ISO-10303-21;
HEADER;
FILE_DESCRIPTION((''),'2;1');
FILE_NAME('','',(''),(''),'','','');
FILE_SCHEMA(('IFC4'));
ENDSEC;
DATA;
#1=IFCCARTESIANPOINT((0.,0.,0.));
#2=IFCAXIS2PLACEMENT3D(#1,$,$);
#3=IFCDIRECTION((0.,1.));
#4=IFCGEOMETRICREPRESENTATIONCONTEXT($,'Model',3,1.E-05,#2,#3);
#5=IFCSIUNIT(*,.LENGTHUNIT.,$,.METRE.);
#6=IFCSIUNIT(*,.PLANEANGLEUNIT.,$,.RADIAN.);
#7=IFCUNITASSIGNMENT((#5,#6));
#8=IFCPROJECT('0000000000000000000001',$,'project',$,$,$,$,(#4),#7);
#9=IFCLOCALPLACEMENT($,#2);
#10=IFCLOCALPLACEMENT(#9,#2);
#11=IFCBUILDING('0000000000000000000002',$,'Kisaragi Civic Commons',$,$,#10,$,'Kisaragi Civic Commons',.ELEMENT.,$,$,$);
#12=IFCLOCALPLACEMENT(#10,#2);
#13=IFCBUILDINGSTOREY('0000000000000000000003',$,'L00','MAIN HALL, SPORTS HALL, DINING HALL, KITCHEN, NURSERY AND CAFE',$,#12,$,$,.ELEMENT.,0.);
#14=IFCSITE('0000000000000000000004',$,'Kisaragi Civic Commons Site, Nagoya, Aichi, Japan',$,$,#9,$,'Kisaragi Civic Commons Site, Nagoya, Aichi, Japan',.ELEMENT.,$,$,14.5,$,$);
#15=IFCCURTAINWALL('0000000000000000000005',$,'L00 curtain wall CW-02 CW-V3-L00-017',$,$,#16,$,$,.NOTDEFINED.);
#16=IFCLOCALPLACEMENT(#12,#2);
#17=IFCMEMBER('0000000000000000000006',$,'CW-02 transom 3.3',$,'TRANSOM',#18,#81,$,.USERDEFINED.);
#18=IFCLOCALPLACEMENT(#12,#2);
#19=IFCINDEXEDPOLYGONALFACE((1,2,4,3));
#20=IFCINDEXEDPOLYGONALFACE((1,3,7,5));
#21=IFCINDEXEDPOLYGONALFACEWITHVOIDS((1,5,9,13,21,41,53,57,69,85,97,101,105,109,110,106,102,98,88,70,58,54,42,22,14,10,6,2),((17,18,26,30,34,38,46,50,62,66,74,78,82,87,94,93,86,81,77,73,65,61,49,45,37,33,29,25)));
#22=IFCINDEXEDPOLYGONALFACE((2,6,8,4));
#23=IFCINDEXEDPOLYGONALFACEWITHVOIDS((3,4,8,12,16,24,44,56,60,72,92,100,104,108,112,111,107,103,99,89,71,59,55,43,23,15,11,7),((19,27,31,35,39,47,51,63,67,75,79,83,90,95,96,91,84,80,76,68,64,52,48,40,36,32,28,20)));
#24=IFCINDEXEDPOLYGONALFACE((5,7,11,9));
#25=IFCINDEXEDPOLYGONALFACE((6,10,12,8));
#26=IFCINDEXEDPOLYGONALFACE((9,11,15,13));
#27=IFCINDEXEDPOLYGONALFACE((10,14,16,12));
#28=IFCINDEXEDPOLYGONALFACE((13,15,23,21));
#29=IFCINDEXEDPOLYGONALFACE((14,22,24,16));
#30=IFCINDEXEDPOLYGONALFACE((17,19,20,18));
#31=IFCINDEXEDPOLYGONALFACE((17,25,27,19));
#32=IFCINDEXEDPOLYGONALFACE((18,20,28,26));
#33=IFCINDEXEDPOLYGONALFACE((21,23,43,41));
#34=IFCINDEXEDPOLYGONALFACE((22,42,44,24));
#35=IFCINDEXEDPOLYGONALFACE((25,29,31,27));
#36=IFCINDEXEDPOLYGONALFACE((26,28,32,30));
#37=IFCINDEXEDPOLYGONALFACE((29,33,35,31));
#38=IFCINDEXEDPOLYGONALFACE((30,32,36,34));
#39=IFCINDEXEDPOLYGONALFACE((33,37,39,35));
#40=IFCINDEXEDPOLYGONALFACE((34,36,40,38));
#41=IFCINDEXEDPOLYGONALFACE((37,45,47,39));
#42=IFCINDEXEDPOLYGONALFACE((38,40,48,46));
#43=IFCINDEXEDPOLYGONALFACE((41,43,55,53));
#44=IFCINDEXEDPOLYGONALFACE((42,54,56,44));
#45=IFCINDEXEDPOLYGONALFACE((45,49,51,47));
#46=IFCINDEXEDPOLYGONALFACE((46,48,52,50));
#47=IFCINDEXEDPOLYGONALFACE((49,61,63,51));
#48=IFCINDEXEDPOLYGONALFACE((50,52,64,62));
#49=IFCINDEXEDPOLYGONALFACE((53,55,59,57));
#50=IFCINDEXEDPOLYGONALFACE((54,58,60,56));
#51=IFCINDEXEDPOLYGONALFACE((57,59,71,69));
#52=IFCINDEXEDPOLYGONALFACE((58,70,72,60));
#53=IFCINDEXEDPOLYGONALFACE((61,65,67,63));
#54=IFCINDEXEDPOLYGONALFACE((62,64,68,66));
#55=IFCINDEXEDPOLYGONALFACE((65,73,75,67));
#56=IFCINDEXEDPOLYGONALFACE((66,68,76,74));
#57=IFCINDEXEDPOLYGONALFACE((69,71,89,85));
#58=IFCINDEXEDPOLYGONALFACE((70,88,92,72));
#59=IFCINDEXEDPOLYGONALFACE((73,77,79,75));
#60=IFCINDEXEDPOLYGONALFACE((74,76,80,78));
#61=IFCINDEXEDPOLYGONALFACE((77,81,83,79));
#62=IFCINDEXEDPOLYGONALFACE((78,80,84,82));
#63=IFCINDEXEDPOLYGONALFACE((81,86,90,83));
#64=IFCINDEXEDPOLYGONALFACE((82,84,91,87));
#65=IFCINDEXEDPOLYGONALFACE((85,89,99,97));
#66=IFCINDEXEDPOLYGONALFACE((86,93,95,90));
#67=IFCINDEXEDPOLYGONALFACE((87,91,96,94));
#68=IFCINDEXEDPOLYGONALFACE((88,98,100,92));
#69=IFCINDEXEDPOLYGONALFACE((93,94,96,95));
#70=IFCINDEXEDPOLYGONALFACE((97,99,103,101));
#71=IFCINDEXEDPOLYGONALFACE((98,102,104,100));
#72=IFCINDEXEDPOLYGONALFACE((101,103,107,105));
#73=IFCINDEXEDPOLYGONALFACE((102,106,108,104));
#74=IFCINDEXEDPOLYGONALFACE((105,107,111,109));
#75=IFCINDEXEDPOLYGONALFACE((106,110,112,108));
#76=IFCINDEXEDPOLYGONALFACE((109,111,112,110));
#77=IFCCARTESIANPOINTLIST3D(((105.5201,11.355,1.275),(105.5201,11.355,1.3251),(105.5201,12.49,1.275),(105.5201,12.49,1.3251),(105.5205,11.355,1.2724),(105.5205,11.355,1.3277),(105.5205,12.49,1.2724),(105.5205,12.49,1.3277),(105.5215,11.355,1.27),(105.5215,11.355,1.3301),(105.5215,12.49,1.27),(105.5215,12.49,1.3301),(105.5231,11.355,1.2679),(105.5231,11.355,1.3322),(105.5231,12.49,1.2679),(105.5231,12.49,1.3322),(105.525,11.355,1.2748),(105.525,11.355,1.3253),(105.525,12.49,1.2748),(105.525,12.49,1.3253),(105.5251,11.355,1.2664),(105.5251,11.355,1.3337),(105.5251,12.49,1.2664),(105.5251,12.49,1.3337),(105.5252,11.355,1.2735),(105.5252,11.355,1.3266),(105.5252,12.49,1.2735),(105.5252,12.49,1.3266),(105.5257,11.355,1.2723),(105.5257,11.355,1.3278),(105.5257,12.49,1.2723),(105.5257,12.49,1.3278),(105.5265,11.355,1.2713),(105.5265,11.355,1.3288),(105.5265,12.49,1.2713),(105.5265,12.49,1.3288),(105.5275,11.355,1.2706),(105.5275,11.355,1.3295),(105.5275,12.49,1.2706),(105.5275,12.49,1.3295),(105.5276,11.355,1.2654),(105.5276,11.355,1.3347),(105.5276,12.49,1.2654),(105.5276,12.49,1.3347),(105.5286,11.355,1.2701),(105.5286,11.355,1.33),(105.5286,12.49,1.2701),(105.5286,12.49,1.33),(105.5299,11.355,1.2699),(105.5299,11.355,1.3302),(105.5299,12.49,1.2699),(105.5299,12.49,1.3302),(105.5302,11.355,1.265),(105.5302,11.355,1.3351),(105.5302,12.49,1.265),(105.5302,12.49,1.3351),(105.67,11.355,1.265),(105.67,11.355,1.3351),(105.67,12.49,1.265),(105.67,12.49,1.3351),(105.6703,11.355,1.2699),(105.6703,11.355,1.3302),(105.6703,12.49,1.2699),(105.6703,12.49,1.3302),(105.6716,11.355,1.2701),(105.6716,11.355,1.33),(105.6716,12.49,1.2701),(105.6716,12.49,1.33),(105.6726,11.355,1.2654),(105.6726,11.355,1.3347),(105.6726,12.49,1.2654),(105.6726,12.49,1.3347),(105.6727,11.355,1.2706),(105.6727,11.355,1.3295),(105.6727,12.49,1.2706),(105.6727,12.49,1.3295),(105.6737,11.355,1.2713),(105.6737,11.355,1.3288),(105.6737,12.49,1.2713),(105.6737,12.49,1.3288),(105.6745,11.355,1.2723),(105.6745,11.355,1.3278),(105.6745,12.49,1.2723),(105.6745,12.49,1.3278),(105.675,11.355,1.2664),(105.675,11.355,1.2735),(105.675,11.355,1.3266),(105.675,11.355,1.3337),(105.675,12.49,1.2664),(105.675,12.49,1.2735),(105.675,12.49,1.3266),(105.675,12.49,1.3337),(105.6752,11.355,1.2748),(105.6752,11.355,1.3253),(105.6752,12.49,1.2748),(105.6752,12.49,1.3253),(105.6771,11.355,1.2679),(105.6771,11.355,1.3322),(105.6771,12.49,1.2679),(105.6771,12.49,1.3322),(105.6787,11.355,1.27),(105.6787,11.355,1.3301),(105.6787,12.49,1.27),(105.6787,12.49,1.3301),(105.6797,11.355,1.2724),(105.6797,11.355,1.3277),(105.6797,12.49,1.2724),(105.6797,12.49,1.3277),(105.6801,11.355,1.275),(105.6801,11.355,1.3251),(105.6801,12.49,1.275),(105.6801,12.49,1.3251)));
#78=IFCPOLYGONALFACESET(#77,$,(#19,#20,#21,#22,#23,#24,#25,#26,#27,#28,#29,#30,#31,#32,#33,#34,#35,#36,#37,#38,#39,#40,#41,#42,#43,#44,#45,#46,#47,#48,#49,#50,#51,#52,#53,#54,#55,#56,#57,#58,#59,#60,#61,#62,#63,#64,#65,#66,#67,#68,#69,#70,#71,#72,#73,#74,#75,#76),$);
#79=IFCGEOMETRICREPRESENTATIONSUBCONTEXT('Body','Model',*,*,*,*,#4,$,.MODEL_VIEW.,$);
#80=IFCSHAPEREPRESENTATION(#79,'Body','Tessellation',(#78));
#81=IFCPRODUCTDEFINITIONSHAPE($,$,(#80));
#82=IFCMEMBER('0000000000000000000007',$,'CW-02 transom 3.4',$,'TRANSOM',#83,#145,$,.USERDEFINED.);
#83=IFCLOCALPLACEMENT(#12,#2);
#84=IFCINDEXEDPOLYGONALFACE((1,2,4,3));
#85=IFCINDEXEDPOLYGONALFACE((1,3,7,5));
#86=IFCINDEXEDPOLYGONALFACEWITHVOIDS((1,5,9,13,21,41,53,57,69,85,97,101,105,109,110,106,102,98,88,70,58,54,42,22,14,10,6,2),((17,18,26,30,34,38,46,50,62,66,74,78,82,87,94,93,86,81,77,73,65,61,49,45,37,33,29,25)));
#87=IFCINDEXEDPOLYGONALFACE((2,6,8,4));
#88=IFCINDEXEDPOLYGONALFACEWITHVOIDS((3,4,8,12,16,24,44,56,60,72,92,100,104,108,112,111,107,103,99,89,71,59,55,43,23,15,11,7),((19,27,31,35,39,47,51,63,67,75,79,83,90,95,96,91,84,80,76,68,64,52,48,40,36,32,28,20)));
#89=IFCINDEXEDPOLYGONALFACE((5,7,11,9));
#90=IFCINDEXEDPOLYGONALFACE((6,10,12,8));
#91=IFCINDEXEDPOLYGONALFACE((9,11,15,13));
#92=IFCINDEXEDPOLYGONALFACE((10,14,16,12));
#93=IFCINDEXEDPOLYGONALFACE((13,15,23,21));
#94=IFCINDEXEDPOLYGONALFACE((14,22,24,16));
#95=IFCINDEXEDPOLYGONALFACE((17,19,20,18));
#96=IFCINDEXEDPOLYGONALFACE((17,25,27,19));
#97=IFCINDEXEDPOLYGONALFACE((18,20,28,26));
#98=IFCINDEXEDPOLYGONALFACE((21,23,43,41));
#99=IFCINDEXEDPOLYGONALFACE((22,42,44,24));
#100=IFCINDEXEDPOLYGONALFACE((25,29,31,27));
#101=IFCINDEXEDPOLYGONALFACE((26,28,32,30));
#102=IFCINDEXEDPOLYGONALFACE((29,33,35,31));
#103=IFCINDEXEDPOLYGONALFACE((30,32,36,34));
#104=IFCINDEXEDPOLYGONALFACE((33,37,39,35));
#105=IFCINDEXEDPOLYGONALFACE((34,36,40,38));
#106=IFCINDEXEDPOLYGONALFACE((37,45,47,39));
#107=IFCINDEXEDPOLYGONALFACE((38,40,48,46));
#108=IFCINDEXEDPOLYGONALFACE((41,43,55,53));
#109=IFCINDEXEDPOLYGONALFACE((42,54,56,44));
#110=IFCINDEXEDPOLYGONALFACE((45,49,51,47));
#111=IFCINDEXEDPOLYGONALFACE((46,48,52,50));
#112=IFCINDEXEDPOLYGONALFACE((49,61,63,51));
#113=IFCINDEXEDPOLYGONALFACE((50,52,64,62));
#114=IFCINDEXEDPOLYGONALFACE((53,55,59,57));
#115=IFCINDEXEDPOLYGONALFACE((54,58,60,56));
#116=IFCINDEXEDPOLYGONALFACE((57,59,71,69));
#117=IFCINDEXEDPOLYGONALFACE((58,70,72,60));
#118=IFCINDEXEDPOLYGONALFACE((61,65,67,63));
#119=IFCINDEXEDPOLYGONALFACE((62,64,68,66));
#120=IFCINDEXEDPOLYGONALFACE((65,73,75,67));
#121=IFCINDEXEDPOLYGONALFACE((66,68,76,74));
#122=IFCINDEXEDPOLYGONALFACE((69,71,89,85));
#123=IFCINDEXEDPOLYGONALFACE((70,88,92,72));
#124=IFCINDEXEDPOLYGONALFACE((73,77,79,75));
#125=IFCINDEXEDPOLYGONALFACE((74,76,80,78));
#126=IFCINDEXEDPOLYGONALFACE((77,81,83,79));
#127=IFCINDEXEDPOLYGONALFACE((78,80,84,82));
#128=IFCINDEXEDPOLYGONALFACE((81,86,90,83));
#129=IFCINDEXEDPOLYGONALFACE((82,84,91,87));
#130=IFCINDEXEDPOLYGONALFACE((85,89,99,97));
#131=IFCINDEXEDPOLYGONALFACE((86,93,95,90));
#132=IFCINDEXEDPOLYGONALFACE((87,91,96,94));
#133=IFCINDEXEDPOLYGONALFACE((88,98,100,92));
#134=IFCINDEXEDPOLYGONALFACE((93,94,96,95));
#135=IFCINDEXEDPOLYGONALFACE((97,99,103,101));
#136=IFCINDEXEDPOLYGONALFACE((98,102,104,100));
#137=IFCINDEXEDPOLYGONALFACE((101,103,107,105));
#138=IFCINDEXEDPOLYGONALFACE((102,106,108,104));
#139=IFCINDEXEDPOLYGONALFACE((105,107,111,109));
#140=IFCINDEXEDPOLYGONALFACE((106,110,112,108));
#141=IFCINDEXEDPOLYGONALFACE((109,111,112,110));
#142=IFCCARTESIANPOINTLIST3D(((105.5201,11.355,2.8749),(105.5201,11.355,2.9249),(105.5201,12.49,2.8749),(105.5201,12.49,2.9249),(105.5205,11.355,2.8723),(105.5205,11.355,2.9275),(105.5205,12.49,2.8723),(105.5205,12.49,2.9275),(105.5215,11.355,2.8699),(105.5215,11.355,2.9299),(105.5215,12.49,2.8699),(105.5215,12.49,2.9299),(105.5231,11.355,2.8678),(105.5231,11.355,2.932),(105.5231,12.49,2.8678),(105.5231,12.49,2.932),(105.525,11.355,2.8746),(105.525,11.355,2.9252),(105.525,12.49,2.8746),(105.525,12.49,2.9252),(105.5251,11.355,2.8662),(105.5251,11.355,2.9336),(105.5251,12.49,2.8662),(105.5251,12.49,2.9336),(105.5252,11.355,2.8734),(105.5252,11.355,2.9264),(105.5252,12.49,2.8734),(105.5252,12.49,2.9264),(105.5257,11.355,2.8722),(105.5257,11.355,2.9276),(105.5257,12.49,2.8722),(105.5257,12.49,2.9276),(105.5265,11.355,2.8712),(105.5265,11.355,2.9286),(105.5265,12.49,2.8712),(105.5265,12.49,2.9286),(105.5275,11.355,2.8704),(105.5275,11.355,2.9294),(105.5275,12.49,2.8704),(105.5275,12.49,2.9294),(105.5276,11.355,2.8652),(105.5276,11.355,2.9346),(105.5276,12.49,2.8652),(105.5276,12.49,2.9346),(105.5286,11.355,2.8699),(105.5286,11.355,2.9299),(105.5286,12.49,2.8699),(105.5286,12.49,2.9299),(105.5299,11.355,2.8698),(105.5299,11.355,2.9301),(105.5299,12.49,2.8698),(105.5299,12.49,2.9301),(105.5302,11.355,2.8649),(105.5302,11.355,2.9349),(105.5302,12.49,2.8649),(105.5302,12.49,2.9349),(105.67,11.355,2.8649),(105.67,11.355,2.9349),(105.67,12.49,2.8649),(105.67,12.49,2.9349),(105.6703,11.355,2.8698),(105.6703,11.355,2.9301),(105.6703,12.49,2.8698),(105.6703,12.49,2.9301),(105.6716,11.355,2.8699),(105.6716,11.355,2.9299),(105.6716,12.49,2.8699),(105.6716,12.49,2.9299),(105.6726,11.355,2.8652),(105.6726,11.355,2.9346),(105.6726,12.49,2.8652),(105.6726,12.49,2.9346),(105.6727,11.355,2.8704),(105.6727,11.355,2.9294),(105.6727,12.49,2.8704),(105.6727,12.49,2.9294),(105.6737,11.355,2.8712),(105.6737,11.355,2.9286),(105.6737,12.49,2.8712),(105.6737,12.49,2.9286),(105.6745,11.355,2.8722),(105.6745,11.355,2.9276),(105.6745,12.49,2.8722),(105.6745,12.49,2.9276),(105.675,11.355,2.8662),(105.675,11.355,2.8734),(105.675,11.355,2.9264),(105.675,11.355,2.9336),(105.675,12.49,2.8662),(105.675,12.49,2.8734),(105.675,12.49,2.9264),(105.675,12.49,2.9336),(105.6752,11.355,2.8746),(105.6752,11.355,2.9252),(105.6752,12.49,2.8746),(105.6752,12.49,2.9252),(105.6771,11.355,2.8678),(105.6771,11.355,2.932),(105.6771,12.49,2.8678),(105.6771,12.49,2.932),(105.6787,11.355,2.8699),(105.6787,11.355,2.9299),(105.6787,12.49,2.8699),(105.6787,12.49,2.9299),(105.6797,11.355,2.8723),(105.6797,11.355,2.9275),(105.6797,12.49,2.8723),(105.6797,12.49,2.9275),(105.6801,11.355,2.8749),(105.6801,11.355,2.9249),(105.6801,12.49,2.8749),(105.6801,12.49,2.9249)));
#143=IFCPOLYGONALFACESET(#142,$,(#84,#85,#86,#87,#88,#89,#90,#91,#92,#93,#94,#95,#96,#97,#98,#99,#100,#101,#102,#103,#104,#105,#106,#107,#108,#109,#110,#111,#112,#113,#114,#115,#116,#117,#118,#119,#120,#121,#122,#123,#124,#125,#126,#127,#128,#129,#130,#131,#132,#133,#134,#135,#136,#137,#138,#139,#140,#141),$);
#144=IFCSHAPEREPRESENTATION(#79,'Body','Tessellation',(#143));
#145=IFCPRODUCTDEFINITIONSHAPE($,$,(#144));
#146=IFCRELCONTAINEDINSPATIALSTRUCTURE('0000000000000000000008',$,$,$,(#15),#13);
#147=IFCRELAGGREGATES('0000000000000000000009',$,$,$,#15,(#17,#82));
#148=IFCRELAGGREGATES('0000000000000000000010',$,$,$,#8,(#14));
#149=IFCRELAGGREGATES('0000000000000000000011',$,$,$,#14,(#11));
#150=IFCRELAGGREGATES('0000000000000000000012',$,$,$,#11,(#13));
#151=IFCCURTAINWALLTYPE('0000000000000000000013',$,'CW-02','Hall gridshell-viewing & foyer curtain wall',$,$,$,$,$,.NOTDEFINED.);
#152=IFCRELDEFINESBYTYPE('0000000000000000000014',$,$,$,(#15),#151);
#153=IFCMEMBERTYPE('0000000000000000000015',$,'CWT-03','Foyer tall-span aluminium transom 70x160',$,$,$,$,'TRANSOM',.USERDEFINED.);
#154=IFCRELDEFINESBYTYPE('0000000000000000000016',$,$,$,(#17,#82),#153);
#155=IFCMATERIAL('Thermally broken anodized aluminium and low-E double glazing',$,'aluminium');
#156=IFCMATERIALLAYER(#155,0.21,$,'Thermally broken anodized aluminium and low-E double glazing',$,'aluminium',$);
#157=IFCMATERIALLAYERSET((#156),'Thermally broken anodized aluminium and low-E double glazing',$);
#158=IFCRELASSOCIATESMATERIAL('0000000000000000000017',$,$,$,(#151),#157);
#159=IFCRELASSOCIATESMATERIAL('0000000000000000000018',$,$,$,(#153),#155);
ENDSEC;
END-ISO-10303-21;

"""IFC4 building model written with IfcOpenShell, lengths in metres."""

from ifc_helpers import new_model, si_unit, direction, frame, origin, origin_2d, place, context, subcontext, project, spatial, hollow_rectangle, extrude, material, layer, layer_set, material_profile, profile_set, type_object, element, aggregate, save


model = new_model("IFC4")

# Units and contexts
model_context = context("Model", 3, precision=1e-05, world=origin(), true_north=direction((0.0, 1.0)))
body_context = subcontext(model_context, "Body", "Model", "MODEL_VIEW")
ifc_project = project(units=[si_unit("LENGTHUNIT", "METRE"), si_unit("PLANEANGLEUNIT", "RADIAN")], contexts=[model_context])

# Site, building, storey
site_placement = place(None, origin())
site = spatial("IfcSite", under=ifc_project, at=site_placement, Name="Kisaragi Civic Commons Site, Nagoya, Aichi, Japan", LongName="Kisaragi Civic Commons Site, Nagoya, Aichi, Japan", CompositionType="ELEMENT", RefElevation=14.5)
building_placement = place(site_placement, origin())
building = spatial("IfcBuilding", under=site, at=building_placement, Name="Kisaragi Civic Commons", LongName="Kisaragi Civic Commons", CompositionType="ELEMENT")
storey_placement = place(building_placement, origin())
storey = spatial("IfcBuildingStorey", under=building, at=storey_placement, Name="L00", Description="MAIN HALL, SPORTS HALL, DINING HALL, KITCHEN, NURSERY AND CAFE", CompositionType="ELEMENT", Elevation=0.0)

# Curtain wall
ifc_material_1 = material(Name="Thermally broken anodized aluminium and low-E double glazing", Category="aluminium")
ifc_layer_1 = layer(ifc_material_1, 0.21, Name="Thermally broken anodized aluminium and low-E double glazing", Category="aluminium")
ifc_layer_set_1 = layer_set([ifc_layer_1], Name="Thermally broken anodized aluminium and low-E double glazing")
curtain_wall_type = type_object("IfcCurtainWallType", Name="CW-02", Description="Hall gridshell-viewing & foyer curtain wall", PredefinedType="NOTDEFINED", material=ifc_layer_set_1)
curtain_wall_1_placement = place(storey_placement, origin())
curtain_wall_1 = element("IfcCurtainWall", 1, at=curtain_wall_1_placement, inside=storey, type_object=curtain_wall_type, Name="L00 curtain wall CW-02 CW-V3-L00-017", PredefinedType="NOTDEFINED")

# Members
ifc_material_profile_1 = material_profile(ifc_material_1, hollow_rectangle(XDim=0.1599, YDim=0.0701, WallThickness=0.0049, InnerFilletRadius=0.0049, OuterFilletRadius=0.01, at=origin_2d()), Name="CWT-70x160x5", Category="aluminium")
ifc_profile_set_1 = profile_set([ifc_material_profile_1], Name="Thermally broken anodized aluminium and low-E double glazing")
member_type_1 = type_object("IfcMemberType", Name="CWT-03", Description="Foyer tall-span aluminium transom 70x160", ElementType="TRANSOM", PredefinedType="USERDEFINED", material=ifc_profile_set_1)
member_1_placement = place(storey_placement, frame((105.6001, 11.355, 1.3), z_axis=(0.0, 1.0, 0.0), x_axis=(-1.0, 0.0, 0.0)))
member_1 = element("IfcMember", 2, at=member_1_placement, type_object=member_type_1, Name="CW-02 transom 3.3", ObjectType="TRANSOM", PredefinedType="USERDEFINED", context=body_context, shape_type="SweptSolid", body=[
    extrude(hollow_rectangle(XDim=0.1599, YDim=0.0701, WallThickness=0.0049, InnerFilletRadius=0.0049, OuterFilletRadius=0.01, at=origin_2d()), origin(), (0.0, 0.0, 1.0), 1.135),
])
member_2_placement = place(storey_placement, frame((105.6001, 11.355, 2.8999), z_axis=(0.0, 1.0, 0.0), x_axis=(-1.0, 0.0, 0.0)))
member_2 = element("IfcMember", 3, at=member_2_placement, type_object=member_type_1, Name="CW-02 transom 3.4", ObjectType="TRANSOM", PredefinedType="USERDEFINED", context=body_context, shape_type="SweptSolid", body=[
    extrude(hollow_rectangle(XDim=0.1599, YDim=0.0701, WallThickness=0.0049, InnerFilletRadius=0.0049, OuterFilletRadius=0.01, at=origin_2d()), origin(), (0.0, 0.0, 1.0), 1.135),
])

aggregate(curtain_wall_1, [member_1, member_2])

save(model, "model.ifc")
